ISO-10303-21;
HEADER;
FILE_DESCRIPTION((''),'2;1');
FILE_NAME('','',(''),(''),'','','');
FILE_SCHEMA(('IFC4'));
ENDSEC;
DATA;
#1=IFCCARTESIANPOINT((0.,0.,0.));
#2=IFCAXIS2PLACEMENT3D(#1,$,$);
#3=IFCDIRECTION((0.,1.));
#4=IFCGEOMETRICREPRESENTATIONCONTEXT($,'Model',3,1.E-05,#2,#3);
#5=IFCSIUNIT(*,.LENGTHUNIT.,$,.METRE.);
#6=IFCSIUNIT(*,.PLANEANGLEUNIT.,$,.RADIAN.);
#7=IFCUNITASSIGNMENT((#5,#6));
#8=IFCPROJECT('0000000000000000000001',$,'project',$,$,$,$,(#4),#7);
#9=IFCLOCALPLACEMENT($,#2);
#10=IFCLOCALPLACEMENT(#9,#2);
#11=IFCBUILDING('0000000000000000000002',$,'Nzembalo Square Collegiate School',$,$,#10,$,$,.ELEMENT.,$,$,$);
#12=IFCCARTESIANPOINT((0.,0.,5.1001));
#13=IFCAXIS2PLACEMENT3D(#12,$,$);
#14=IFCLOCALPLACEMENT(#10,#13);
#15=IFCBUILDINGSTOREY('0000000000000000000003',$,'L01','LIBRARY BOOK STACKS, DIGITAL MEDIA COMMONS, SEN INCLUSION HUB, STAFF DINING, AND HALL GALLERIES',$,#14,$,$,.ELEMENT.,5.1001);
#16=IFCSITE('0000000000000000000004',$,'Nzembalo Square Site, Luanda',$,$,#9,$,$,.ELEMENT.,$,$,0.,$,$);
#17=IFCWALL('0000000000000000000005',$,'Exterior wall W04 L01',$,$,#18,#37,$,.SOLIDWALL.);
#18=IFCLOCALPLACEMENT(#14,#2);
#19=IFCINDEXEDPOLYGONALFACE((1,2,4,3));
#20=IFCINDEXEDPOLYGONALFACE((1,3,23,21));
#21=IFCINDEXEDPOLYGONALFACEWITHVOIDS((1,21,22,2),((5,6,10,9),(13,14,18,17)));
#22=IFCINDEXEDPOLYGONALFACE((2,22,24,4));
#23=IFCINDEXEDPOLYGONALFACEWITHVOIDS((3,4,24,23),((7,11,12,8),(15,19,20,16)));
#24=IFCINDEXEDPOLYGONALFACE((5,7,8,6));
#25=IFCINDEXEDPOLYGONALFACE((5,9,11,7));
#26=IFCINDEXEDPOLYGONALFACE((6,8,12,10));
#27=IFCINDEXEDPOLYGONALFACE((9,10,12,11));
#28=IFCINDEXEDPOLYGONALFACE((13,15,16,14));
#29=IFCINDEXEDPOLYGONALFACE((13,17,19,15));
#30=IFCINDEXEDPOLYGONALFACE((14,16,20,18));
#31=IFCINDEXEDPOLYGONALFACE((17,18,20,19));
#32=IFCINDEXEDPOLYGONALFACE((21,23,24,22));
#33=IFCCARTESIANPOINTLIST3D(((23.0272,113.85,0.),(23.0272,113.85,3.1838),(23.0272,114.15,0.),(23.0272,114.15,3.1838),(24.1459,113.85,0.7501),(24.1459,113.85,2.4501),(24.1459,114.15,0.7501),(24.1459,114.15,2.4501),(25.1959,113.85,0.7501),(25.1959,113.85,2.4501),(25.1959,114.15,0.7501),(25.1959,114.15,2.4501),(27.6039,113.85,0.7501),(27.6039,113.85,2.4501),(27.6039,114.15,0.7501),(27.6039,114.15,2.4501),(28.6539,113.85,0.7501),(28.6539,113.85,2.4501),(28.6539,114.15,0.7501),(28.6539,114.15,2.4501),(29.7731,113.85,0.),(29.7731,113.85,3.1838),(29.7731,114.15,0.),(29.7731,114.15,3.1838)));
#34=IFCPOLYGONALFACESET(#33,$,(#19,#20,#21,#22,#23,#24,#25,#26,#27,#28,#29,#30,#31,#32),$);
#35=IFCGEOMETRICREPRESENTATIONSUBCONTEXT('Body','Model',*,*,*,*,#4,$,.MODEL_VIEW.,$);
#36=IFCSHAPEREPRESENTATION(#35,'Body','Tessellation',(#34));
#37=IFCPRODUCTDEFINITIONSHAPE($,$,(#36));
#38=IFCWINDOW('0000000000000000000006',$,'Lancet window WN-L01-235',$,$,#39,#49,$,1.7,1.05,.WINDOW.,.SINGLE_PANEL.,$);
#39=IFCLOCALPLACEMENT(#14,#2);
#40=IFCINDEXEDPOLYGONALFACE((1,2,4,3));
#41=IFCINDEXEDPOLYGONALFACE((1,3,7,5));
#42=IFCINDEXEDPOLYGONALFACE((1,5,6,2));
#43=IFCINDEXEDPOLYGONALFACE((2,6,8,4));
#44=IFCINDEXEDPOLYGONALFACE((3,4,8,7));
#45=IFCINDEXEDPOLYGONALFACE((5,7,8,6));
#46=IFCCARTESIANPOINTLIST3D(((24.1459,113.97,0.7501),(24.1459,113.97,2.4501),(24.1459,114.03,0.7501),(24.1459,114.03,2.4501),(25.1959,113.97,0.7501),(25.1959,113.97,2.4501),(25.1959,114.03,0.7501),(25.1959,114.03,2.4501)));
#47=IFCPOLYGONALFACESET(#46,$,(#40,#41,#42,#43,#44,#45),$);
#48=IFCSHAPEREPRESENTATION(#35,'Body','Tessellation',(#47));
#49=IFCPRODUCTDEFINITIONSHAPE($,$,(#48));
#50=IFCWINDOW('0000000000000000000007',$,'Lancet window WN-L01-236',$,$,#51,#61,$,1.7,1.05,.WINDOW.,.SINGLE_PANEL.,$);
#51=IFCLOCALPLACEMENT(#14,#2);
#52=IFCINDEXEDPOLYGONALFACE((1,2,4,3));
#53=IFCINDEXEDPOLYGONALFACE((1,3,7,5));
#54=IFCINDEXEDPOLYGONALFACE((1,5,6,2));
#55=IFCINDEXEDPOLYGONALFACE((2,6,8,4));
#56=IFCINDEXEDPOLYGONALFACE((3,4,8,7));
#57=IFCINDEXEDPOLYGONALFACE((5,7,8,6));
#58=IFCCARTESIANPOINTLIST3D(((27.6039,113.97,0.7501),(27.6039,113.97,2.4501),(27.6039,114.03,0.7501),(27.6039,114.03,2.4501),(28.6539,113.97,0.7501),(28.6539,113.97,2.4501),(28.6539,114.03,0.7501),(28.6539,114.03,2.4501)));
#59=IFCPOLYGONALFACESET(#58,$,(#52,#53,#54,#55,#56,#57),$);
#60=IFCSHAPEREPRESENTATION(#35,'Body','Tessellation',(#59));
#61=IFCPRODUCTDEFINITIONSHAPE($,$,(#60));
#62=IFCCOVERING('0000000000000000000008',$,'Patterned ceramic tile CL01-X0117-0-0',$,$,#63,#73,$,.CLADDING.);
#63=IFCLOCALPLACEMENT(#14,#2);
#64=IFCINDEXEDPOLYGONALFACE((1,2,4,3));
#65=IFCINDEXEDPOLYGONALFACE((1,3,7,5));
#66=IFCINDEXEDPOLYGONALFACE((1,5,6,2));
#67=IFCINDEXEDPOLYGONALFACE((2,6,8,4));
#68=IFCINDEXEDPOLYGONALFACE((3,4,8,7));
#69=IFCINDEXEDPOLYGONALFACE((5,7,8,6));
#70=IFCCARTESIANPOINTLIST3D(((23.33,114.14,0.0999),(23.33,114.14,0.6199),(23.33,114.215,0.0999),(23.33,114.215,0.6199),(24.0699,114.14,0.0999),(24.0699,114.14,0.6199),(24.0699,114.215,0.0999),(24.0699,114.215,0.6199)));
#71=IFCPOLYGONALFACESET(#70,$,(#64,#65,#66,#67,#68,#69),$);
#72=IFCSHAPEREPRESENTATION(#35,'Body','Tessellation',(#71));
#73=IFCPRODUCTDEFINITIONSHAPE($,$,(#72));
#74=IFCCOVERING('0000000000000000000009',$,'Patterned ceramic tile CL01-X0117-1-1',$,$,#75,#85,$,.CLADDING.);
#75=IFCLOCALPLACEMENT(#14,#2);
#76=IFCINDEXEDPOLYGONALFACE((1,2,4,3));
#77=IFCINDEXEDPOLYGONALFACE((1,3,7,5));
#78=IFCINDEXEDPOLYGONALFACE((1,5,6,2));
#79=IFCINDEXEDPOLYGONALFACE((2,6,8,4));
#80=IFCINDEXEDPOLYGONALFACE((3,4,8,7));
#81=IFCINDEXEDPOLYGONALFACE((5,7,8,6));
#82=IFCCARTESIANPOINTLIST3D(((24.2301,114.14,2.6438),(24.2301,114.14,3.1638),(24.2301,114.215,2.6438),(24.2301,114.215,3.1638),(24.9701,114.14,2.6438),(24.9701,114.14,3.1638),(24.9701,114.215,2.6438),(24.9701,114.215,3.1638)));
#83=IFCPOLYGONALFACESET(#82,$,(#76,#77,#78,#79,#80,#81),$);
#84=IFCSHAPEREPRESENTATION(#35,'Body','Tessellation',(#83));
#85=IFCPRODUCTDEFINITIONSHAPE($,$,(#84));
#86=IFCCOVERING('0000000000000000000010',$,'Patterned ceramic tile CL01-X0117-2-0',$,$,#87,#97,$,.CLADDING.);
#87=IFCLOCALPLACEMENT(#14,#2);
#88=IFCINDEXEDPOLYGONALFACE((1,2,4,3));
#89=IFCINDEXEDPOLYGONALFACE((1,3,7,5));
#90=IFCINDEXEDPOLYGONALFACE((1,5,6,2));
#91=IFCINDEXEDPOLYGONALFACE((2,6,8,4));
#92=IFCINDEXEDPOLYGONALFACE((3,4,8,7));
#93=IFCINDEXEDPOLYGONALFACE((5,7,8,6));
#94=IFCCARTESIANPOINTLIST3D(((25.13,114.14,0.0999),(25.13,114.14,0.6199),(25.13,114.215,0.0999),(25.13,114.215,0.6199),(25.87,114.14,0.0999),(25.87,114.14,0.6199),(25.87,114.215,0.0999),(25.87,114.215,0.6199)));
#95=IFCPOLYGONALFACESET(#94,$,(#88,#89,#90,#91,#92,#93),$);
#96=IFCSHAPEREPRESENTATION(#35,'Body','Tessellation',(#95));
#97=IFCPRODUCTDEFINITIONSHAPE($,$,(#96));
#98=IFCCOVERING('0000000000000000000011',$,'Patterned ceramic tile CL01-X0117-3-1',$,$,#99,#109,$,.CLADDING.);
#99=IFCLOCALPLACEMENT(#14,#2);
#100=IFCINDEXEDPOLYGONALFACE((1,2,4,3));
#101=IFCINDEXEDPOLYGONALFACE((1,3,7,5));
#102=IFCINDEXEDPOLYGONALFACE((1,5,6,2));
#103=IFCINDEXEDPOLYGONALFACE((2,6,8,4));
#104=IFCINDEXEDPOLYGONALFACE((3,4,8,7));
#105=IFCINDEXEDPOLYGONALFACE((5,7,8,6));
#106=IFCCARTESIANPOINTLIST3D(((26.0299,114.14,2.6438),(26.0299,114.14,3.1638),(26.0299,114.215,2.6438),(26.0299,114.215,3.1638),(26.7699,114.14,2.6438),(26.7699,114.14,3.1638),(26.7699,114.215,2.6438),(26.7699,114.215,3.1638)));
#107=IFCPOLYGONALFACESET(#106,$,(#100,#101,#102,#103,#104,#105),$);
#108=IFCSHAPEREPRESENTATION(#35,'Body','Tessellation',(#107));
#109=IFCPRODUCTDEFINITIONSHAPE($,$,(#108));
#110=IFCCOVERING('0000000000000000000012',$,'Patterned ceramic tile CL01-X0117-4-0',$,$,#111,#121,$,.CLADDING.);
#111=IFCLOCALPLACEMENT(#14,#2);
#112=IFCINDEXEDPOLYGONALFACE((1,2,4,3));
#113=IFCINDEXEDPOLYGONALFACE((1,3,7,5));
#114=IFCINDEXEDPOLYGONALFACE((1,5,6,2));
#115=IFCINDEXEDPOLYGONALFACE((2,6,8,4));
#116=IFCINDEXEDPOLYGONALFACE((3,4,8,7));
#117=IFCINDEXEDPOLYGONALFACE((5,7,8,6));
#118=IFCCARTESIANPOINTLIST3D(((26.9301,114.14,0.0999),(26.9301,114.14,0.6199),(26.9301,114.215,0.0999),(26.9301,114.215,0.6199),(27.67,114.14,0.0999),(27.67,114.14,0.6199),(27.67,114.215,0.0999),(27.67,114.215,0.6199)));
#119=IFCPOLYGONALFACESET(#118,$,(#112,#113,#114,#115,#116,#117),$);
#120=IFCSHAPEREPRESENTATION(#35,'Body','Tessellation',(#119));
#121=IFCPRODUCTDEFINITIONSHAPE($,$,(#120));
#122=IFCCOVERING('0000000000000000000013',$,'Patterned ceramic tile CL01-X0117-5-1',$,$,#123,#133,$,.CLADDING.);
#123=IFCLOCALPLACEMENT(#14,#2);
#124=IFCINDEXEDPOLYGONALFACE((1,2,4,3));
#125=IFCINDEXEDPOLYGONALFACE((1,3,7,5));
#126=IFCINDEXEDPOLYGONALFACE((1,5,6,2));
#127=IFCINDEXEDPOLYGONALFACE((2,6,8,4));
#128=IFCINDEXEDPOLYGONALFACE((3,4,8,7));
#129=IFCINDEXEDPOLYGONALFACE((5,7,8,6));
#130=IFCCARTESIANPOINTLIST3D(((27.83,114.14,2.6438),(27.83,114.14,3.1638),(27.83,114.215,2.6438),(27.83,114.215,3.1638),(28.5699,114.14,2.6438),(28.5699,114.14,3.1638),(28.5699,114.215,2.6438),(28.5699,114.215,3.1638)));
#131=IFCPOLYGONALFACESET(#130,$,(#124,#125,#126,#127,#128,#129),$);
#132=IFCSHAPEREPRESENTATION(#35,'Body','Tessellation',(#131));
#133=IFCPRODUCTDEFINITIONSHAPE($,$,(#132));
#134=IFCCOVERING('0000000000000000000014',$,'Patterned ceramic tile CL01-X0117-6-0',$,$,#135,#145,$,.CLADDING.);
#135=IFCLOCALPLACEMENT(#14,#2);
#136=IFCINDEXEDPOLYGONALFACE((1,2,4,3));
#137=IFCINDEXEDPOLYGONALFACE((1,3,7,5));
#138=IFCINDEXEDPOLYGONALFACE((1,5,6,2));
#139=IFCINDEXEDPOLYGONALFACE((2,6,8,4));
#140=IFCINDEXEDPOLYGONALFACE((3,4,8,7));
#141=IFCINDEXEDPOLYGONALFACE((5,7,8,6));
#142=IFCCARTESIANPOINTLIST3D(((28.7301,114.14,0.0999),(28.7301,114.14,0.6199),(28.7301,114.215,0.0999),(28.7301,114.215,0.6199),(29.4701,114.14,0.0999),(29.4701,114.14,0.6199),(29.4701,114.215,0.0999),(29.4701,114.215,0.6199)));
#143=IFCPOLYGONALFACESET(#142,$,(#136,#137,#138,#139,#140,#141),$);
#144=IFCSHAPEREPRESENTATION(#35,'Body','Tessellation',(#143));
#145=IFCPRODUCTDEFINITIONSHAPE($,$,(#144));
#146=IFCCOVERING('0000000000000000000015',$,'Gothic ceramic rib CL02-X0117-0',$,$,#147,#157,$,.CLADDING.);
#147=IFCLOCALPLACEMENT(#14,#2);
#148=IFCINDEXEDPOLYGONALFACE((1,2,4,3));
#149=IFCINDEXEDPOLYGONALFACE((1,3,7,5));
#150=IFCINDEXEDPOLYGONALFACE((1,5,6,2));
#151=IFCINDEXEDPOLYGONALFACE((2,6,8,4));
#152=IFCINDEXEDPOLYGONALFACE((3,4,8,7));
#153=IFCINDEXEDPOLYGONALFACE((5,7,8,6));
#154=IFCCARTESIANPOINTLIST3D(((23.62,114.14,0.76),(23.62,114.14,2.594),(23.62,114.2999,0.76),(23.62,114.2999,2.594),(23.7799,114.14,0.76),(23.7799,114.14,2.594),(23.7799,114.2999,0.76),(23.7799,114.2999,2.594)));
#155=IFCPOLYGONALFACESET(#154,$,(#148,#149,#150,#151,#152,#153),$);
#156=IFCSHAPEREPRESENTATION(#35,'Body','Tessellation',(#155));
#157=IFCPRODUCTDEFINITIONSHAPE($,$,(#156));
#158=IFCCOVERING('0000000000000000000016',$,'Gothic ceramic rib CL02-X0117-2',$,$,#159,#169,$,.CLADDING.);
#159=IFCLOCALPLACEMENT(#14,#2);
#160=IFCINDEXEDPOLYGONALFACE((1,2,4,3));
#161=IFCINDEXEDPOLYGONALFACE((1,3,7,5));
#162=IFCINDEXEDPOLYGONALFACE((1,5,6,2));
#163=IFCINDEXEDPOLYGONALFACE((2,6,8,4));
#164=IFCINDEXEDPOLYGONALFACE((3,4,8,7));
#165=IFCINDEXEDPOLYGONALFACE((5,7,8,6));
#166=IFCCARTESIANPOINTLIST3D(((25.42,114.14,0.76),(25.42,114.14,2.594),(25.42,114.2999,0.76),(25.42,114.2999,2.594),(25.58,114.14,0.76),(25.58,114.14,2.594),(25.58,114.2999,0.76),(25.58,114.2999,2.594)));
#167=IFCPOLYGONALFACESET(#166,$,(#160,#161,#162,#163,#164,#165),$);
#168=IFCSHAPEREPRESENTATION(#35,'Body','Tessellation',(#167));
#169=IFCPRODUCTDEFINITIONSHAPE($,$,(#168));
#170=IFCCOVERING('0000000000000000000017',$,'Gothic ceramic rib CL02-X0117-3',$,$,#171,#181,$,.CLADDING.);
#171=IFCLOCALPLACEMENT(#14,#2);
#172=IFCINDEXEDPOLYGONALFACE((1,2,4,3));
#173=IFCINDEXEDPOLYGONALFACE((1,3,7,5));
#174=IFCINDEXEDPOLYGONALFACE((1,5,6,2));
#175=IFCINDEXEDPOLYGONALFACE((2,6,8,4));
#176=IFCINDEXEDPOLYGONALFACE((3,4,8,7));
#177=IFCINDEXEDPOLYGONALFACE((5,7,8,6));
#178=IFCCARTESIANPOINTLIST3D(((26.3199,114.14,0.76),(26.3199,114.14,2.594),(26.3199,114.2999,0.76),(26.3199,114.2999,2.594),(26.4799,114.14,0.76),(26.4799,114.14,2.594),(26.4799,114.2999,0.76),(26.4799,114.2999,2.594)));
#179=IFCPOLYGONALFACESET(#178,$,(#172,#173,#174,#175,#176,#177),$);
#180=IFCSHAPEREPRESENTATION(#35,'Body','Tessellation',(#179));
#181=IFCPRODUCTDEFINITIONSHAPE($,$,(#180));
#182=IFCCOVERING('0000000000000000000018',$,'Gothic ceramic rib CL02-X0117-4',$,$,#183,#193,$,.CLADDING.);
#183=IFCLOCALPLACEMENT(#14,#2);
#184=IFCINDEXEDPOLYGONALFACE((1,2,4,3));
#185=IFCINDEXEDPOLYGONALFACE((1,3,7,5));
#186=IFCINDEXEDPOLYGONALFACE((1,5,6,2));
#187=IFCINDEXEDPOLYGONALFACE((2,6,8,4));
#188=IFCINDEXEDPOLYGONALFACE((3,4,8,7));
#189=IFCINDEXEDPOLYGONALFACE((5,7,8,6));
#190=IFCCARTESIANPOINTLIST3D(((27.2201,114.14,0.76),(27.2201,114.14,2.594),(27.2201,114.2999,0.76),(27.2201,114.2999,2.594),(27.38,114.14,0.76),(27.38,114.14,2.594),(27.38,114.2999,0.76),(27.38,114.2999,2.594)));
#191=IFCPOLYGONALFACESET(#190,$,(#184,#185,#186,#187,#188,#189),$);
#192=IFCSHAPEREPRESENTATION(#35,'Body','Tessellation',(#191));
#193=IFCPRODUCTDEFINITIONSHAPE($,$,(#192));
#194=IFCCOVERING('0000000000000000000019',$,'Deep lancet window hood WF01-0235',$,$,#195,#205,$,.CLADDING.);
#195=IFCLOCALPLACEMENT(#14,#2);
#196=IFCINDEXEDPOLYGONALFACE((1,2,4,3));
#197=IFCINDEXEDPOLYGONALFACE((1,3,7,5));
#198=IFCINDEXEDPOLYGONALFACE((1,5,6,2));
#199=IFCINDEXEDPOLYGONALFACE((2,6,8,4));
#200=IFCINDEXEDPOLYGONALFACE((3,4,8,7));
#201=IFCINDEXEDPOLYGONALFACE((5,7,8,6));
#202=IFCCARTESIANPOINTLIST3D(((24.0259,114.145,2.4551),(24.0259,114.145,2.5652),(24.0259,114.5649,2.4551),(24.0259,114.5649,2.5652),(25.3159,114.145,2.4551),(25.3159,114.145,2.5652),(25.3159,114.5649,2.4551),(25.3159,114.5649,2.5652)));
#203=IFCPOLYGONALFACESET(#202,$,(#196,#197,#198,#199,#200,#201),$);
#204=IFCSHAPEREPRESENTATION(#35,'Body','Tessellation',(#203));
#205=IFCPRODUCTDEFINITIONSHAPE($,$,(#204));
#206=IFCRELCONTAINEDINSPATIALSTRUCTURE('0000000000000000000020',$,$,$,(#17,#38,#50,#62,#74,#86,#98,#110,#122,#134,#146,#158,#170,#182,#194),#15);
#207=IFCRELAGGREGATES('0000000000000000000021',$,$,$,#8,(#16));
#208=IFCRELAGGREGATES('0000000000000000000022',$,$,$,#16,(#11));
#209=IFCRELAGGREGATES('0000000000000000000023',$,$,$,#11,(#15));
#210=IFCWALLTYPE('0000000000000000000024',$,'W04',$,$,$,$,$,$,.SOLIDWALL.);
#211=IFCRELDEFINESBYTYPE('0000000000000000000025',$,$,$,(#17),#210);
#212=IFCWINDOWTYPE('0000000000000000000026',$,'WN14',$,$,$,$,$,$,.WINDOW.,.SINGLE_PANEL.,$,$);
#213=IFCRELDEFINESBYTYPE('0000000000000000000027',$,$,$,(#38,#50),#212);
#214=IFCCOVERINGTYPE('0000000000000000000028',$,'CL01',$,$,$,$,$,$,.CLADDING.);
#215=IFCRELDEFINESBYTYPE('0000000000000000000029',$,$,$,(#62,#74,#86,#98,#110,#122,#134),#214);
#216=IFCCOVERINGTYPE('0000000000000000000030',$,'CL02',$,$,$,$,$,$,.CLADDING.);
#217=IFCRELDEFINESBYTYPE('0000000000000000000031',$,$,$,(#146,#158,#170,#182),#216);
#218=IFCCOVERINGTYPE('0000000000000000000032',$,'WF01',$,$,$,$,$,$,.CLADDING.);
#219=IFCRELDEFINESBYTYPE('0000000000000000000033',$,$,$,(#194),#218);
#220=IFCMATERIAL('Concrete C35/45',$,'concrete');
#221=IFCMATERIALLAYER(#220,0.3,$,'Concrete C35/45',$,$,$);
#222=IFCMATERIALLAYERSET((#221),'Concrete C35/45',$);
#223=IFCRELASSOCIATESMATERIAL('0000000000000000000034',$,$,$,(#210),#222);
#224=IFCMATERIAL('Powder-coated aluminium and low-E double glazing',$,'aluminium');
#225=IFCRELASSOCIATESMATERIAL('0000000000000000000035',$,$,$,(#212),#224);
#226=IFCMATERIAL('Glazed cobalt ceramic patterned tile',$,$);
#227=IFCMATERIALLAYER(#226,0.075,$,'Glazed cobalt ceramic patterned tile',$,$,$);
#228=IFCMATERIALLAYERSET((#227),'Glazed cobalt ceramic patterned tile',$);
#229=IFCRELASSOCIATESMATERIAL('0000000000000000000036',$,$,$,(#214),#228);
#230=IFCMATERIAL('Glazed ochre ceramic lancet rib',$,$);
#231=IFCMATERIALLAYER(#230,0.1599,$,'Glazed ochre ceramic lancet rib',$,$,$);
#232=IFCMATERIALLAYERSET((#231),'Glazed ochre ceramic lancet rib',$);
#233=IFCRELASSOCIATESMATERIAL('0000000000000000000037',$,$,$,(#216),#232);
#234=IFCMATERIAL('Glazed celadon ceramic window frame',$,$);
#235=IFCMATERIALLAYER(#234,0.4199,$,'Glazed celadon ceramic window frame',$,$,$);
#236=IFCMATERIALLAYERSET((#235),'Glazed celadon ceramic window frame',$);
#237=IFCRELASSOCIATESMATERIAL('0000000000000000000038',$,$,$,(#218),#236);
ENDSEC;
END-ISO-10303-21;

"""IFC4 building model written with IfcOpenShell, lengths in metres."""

from ifc_helpers import new_model, si_unit, direction, frame, frame_2d, origin, origin_2d, place, context, subcontext, project, spatial, rectangle, extrude, material, layer, layer_set, type_object, element, fill, save


model = new_model("IFC4")

# Units and contexts
model_context = context("Model", 3, precision=1e-05, world=origin(), true_north=direction((0.0, 1.0)))
body_context = subcontext(model_context, "Body", "Model", "MODEL_VIEW")
ifc_project = project(units=[si_unit("LENGTHUNIT", "METRE"), si_unit("PLANEANGLEUNIT", "RADIAN")], contexts=[model_context])

# Site, building, storey
site_placement = place(None, origin())
site = spatial("IfcSite", under=ifc_project, at=site_placement, Name="Nzembalo Square Site, Luanda", CompositionType="ELEMENT", RefElevation=0.0)
building_placement = place(site_placement, origin())
building = spatial("IfcBuilding", under=site, at=building_placement, Name="Nzembalo Square Collegiate School", CompositionType="ELEMENT")
storey_placement = place(building_placement, frame((0.0, 0.0, 5.1001)))
storey = spatial("IfcBuildingStorey", under=building, at=storey_placement, Name="L01", Description="LIBRARY BOOK STACKS, DIGITAL MEDIA COMMONS, SEN INCLUSION HUB, STAFF DINING, AND HALL GALLERIES", CompositionType="ELEMENT", Elevation=5.1001)

# Wall, openings, windows
ifc_material_1 = material(Name="Concrete C35/45", Category="concrete")
ifc_layer_1 = layer(ifc_material_1, 0.3, Name="Concrete C35/45")
ifc_layer_set_1 = layer_set([ifc_layer_1], Name="Concrete C35/45")
wall_type = type_object("IfcWallType", Name="W04", PredefinedType="SOLIDWALL", material=ifc_layer_set_1)
wall_placement = place(storey_placement, frame((23.0271, 114.0, 0.0), z_axis=(0.0, 0.0, 1.0), x_axis=(1.0, 0.0, 0.0)))
wall = element("IfcWall", 1, at=wall_placement, inside=storey, type_object=wall_type, Name="Exterior wall W04 L01", PredefinedType="SOLIDWALL", context=body_context, shape_type="SweptSolid", body=[
    extrude(rectangle(XDim=6.7458, YDim=0.3, at=frame_2d((3.373, 0.0))), origin(), (0.0, 0.0, 1.0), 3.1838),
])
opening_1_placement = place(wall_placement, frame((1.1189, 0.0, 0.75)))
opening_1 = element("IfcOpeningElement", 2, at=opening_1_placement, cuts=wall, PredefinedType="OPENING", context=body_context, shape_type="SweptSolid", body=[
    extrude(rectangle(XDim=1.05, YDim=1.7, at=frame_2d((0.5249, 0.8501))), frame((0.0, 0.1602, 0.0), z_axis=(0.0, -1.0, 0.0), x_axis=(1.0, 0.0, 0.0)), (0.0, 0.0, 1.0), 0.3201),
])
opening_2_placement = place(wall_placement, frame((4.5769, 0.0, 0.75)))
opening_2 = element("IfcOpeningElement", 3, at=opening_2_placement, cuts=wall, PredefinedType="OPENING", context=body_context, shape_type="SweptSolid", body=[
    extrude(rectangle(XDim=1.05, YDim=1.7, at=frame_2d((0.5249, 0.8501))), frame((0.0, 0.1602, 0.0), z_axis=(0.0, -1.0, 0.0), x_axis=(1.0, 0.0, 0.0)), (0.0, 0.0, 1.0), 0.3201),
])
ifc_material_2 = material(Name="Powder-coated aluminium and low-E double glazing", Category="aluminium")
window_type = type_object("IfcWindowType", Name="WN14", PartitioningType="SINGLE_PANEL", PredefinedType="WINDOW", material=ifc_material_2)
window_1_placement = place(opening_1_placement, origin())
window_1 = element("IfcWindow", 4, at=window_1_placement, inside=storey, type_object=window_type, Name="Lancet window WN-L01-235", OverallHeight=1.7, OverallWidth=1.05, PartitioningType="SINGLE_PANEL", PredefinedType="WINDOW", context=body_context, shape_type="SweptSolid", body=[
    extrude(rectangle(XDim=1.05, YDim=1.7, at=frame_2d((0.5249, 0.8501))), frame((0.0, 0.03, 0.0), z_axis=(0.0, -1.0, 0.0), x_axis=(1.0, 0.0, 0.0)), (0.0, 0.0, 1.0), 0.0601),
])
fill(opening_1, window_1)
window_2_placement = place(opening_2_placement, origin())
window_2 = element("IfcWindow", 5, at=window_2_placement, inside=storey, type_object=window_type, Name="Lancet window WN-L01-236", OverallHeight=1.7, OverallWidth=1.05, PartitioningType="SINGLE_PANEL", PredefinedType="WINDOW", context=body_context, shape_type="SweptSolid", body=[
    extrude(rectangle(XDim=1.05, YDim=1.7, at=frame_2d((0.5249, 0.8501))), frame((0.0, 0.03, 0.0), z_axis=(0.0, -1.0, 0.0), x_axis=(1.0, 0.0, 0.0)), (0.0, 0.0, 1.0), 0.0601),
])
fill(opening_2, window_2)

# Coverings
ifc_material_3 = material(Name="Glazed cobalt ceramic patterned tile")
ifc_layer_2 = layer(ifc_material_3, 0.075, Name="Glazed cobalt ceramic patterned tile")
ifc_layer_set_2 = layer_set([ifc_layer_2], Name="Glazed cobalt ceramic patterned tile")
covering_type_1 = type_object("IfcCoveringType", Name="CL01", PredefinedType="CLADDING", material=ifc_layer_set_2)
for number, where, z_axis, x_axis, name in (
    (6, (23.7, 114.1775, 0.0999), (0.0, 0.0, 1.0), (1.0, 0.0, 0.0), "Patterned ceramic tile CL01-X0117-0-0"),
    (7, (24.6001, 114.1775, 2.6438), (0.0, 0.0, 1.0), (1.0, 0.0, 0.0), "Patterned ceramic tile CL01-X0117-1-1"),
    (8, (25.5, 114.1775, 0.0999), (0.0, 0.0, 1.0), (1.0, 0.0, 0.0), "Patterned ceramic tile CL01-X0117-2-0"),
    (9, (26.3999, 114.1775, 2.6438), (0.0, 0.0, 1.0), (1.0, 0.0, 0.0), "Patterned ceramic tile CL01-X0117-3-1"),
    (10, (27.3, 114.1775, 0.0999), (0.0, 0.0, 1.0), (1.0, 0.0, 0.0), "Patterned ceramic tile CL01-X0117-4-0"),
    (11, (28.2, 114.1775, 2.6438), (0.0, 0.0, 1.0), (1.0, 0.0, 0.0), "Patterned ceramic tile CL01-X0117-5-1"),
    (12, (29.1001, 114.1775, 0.0999), (0.0, 0.0, 1.0), (1.0, 0.0, 0.0), "Patterned ceramic tile CL01-X0117-6-0"),
):
    element("IfcCovering", number, at=place(storey_placement, frame(where, z_axis=z_axis, x_axis=x_axis)), inside=storey, type_object=covering_type_1, Name=name, PredefinedType="CLADDING", context=body_context, shape_type="SweptSolid", body=[
        extrude(rectangle(XDim=0.74, YDim=0.075, at=origin_2d()), origin(), (0.0, 0.0, 1.0), 0.52),
    ])
ifc_material_4 = material(Name="Glazed ochre ceramic lancet rib")
ifc_layer_3 = layer(ifc_material_4, 0.1599, Name="Glazed ochre ceramic lancet rib")
ifc_layer_set_3 = layer_set([ifc_layer_3], Name="Glazed ochre ceramic lancet rib")
covering_type_2 = type_object("IfcCoveringType", Name="CL02", PredefinedType="CLADDING", material=ifc_layer_set_3)
for number, where, z_axis, x_axis, name in (
    (13, (23.7, 114.22, 0.76), (0.0, 0.0, 1.0), (1.0, 0.0, 0.0), "Gothic ceramic rib CL02-X0117-0"),
    (14, (25.5, 114.22, 0.76), (0.0, 0.0, 1.0), (1.0, 0.0, 0.0), "Gothic ceramic rib CL02-X0117-2"),
    (15, (26.3999, 114.22, 0.76), (0.0, 0.0, 1.0), (1.0, 0.0, 0.0), "Gothic ceramic rib CL02-X0117-3"),
    (16, (27.3, 114.22, 0.76), (0.0, 0.0, 1.0), (1.0, 0.0, 0.0), "Gothic ceramic rib CL02-X0117-4"),
):
    element("IfcCovering", number, at=place(storey_placement, frame(where, z_axis=z_axis, x_axis=x_axis)), inside=storey, type_object=covering_type_2, Name=name, PredefinedType="CLADDING", context=body_context, shape_type="SweptSolid", body=[
        extrude(rectangle(XDim=0.1599, YDim=0.1599, at=origin_2d()), origin(), (0.0, 0.0, 1.0), 1.834),
    ])
ifc_material_5 = material(Name="Glazed celadon ceramic window frame")
ifc_layer_4 = layer(ifc_material_5, 0.4199, Name="Glazed celadon ceramic window frame")
ifc_layer_set_4 = layer_set([ifc_layer_4], Name="Glazed celadon ceramic window frame")
covering_type_3 = type_object("IfcCoveringType", Name="WF01", PredefinedType="CLADDING", material=ifc_layer_set_4)
covering_1_placement = place(storey_placement, frame((24.6709, 114.355, 2.4551), z_axis=(0.0, 0.0, 1.0), x_axis=(1.0, 0.0, 0.0)))
element("IfcCovering", 17, at=covering_1_placement, inside=storey, type_object=covering_type_3, Name="Deep lancet window hood WF01-0235", PredefinedType="CLADDING", context=body_context, shape_type="SweptSolid", body=[
    extrude(rectangle(XDim=1.29, YDim=0.4199, at=origin_2d()), origin(), (0.0, 0.0, 1.0), 0.1101),
])

save(model, "model.ifc")
